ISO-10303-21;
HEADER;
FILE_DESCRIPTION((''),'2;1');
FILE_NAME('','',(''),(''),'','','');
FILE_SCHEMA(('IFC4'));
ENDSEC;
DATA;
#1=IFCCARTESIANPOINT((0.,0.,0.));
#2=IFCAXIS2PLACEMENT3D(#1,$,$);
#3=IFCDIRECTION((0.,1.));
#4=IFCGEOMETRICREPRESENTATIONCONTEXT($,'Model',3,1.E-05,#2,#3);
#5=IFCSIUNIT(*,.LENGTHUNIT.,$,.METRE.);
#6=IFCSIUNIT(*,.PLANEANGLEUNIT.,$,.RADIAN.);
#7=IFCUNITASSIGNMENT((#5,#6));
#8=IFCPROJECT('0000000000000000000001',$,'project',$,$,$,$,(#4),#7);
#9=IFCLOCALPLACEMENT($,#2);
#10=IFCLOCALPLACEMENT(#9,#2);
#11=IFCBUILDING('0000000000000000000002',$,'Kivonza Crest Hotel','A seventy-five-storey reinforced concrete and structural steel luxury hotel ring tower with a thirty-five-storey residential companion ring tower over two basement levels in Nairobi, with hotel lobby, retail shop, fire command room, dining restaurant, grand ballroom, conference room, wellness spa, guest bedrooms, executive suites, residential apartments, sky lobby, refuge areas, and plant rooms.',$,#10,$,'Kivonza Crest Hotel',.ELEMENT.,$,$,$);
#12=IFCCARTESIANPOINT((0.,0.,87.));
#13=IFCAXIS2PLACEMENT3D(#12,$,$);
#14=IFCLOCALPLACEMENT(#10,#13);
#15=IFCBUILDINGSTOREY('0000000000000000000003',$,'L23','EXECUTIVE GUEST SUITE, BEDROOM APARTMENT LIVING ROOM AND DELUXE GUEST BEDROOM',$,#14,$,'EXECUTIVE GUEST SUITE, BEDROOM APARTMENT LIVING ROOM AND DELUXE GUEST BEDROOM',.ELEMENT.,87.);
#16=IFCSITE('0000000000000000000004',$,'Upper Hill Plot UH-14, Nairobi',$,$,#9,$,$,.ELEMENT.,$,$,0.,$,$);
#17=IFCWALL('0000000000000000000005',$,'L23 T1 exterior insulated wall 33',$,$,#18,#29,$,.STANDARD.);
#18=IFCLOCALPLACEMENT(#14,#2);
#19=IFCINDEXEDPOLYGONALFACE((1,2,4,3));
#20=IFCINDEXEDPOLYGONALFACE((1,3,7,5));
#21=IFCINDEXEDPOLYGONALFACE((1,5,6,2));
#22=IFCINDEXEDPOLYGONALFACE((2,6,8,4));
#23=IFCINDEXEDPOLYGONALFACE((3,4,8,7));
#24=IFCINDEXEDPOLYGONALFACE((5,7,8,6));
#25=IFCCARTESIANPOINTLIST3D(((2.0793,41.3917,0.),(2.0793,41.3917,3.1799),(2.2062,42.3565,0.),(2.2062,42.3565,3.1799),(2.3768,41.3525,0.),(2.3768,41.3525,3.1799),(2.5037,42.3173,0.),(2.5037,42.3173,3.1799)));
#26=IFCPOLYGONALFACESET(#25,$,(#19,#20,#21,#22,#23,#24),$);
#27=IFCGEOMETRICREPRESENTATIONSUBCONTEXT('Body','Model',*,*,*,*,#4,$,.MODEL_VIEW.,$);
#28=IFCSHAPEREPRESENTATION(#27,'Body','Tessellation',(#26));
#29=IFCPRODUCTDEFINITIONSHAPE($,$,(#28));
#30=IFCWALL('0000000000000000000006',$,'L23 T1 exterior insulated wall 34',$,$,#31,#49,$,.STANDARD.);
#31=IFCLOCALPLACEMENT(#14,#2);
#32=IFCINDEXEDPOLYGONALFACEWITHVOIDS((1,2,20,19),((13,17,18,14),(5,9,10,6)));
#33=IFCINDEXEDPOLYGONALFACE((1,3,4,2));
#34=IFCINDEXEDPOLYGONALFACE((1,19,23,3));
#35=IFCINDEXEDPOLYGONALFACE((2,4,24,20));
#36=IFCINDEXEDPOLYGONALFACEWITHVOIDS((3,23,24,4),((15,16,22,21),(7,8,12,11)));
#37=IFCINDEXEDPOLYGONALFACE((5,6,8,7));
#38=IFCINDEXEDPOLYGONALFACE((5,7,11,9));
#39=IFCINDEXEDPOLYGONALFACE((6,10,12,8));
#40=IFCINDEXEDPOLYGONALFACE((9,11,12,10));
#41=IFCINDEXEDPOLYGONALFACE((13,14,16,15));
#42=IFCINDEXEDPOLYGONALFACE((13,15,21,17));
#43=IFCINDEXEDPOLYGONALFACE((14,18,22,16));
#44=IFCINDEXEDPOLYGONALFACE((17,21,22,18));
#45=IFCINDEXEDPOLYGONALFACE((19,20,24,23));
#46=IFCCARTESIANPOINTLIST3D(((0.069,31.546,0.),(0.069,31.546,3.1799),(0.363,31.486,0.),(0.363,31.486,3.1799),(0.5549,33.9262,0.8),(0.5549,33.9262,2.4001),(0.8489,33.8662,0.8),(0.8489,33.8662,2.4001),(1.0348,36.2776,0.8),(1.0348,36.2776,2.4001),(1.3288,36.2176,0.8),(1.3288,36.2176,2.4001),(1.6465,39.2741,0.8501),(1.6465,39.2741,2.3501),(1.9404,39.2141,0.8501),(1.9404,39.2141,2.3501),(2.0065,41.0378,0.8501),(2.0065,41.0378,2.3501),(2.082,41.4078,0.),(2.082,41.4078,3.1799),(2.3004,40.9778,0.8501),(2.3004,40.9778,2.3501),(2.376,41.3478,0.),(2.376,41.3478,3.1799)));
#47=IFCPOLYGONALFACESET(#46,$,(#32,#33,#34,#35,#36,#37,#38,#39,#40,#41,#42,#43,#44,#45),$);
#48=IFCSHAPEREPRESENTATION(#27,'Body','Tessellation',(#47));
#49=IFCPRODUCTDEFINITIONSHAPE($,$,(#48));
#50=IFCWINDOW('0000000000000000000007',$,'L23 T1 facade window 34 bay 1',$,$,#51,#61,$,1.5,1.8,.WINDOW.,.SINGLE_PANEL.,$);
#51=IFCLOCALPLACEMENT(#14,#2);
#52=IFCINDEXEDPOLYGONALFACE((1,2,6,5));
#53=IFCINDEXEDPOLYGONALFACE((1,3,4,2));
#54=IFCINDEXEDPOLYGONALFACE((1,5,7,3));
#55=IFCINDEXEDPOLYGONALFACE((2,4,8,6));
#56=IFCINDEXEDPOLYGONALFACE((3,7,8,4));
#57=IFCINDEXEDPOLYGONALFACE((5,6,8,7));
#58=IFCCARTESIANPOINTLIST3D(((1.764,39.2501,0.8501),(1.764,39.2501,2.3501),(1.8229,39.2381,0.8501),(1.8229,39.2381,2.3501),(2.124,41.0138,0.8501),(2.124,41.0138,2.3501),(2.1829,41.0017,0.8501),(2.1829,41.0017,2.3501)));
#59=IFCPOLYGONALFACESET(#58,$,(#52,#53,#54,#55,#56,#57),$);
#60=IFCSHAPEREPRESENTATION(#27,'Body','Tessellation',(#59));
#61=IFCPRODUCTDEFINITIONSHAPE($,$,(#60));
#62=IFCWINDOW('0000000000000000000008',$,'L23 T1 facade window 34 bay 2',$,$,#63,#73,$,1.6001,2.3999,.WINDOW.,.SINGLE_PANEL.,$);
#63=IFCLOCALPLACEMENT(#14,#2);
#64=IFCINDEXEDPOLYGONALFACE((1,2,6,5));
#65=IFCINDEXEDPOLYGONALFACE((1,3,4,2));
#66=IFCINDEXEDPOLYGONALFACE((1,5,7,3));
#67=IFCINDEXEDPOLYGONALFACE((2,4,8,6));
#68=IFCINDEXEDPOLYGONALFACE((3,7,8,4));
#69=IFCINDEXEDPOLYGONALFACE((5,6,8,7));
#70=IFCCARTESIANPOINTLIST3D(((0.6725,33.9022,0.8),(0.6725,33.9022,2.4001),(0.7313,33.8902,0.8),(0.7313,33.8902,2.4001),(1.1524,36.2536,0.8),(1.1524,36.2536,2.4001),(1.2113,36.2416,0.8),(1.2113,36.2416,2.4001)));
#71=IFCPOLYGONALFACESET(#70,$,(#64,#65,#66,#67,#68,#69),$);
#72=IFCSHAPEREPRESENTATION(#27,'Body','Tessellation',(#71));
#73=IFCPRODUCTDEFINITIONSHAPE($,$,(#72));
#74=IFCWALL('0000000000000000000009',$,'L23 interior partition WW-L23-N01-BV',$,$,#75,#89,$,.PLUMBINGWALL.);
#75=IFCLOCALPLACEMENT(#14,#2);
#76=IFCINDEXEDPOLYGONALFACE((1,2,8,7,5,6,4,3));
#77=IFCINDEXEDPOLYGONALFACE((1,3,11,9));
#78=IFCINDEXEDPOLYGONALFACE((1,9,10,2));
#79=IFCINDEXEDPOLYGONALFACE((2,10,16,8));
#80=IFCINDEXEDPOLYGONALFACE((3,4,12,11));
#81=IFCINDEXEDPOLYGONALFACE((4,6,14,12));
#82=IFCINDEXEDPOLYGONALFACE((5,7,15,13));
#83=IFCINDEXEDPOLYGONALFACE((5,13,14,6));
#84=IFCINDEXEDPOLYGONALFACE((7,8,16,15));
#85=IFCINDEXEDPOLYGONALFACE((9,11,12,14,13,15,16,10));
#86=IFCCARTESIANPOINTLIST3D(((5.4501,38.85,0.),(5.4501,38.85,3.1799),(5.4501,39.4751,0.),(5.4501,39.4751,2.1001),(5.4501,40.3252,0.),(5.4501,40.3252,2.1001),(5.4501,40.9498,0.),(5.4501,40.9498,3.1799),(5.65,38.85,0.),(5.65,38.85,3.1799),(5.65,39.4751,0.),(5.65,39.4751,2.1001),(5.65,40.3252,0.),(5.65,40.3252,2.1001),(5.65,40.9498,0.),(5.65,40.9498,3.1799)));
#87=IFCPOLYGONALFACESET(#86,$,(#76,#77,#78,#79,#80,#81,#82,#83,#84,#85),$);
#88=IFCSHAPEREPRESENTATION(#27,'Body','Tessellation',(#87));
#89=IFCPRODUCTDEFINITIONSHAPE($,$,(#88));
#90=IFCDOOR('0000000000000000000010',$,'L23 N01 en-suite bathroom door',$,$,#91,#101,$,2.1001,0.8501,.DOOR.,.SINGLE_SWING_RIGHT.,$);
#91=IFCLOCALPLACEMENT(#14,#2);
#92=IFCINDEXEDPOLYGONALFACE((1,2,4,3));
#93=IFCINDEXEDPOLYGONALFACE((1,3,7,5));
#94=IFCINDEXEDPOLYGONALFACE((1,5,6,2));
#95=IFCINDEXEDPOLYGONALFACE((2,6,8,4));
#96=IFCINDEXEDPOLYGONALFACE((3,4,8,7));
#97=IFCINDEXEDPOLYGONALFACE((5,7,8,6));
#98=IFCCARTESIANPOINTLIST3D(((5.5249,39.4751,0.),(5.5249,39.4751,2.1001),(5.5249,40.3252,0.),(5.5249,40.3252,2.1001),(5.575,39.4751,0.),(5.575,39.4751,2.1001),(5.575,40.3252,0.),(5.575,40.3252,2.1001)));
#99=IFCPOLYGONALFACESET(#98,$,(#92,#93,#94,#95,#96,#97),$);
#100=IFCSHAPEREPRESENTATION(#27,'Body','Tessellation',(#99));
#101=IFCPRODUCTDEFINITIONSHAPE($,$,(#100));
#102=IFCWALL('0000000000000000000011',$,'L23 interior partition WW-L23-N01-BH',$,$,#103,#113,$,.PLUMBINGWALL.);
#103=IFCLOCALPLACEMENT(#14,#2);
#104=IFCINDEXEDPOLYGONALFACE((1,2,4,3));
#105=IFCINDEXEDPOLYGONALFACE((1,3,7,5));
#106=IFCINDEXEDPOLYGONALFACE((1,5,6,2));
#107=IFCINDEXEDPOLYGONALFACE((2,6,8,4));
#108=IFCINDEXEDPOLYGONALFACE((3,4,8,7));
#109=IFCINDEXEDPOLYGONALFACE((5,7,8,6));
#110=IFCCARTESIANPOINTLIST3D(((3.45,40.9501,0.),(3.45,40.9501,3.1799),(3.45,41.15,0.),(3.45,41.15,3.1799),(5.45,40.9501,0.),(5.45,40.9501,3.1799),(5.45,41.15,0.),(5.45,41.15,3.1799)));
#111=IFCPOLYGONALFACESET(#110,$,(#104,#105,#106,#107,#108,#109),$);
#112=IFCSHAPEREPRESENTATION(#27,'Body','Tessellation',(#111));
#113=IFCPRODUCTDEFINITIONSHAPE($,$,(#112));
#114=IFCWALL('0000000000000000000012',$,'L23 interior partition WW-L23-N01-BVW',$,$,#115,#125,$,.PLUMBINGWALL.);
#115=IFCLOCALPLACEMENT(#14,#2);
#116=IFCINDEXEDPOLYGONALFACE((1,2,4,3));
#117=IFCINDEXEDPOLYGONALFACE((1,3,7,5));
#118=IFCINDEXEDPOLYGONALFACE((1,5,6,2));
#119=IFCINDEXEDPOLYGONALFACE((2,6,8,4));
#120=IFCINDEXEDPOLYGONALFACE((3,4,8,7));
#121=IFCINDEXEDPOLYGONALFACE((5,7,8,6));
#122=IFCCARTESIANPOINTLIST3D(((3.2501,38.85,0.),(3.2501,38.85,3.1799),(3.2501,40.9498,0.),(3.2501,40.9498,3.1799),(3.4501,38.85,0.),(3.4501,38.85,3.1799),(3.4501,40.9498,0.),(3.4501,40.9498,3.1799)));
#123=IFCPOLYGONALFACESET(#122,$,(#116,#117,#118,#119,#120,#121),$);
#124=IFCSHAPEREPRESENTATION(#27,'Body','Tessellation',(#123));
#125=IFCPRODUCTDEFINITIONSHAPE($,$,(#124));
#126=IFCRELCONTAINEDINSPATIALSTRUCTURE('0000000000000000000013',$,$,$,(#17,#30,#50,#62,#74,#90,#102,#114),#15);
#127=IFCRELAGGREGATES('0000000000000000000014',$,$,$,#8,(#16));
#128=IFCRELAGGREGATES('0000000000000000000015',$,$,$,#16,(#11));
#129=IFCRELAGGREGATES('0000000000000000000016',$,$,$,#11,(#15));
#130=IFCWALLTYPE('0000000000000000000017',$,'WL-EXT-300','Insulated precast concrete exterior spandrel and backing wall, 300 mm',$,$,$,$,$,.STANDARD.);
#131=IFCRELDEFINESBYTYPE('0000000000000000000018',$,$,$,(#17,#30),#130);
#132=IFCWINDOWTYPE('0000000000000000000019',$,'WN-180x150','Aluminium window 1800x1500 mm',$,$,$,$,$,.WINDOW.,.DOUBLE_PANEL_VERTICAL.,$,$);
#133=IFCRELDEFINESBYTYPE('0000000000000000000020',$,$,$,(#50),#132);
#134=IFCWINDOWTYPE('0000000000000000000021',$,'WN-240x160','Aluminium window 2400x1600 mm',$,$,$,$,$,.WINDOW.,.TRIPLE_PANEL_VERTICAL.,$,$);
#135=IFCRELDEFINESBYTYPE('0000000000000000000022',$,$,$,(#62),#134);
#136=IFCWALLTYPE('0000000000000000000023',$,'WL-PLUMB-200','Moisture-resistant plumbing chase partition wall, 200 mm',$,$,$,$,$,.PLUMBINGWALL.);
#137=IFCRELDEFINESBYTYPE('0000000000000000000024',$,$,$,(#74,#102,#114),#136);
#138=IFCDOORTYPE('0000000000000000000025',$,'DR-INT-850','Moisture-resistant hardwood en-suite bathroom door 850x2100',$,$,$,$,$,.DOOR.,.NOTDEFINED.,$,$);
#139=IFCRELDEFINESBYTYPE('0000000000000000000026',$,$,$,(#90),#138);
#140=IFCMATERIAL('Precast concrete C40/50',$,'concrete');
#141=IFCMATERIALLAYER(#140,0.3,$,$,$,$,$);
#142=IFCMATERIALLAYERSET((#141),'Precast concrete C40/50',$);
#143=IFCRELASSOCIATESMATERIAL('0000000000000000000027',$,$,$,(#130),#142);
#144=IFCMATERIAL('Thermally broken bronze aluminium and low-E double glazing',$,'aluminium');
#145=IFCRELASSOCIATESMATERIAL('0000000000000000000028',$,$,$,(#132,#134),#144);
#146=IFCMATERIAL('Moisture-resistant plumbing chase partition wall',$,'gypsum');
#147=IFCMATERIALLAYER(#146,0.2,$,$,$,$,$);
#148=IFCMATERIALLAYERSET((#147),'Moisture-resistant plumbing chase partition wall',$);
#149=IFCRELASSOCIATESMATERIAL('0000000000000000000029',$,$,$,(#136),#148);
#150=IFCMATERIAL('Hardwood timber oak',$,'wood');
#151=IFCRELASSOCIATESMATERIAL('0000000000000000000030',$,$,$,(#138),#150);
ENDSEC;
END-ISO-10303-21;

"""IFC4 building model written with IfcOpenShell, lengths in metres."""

from ifc_helpers import new_model, si_unit, direction, frame, frame_2d, origin, place, context, subcontext, project, spatial, rectangle, extrude, material, layer, layer_set, type_object, element, fill, save


model = new_model("IFC4")

# Units and contexts
model_context = context("Model", 3, precision=1e-05, world=origin(), true_north=direction((0.0, 1.0)))
body_context = subcontext(model_context, "Body", "Model", "MODEL_VIEW")
ifc_project = project(units=[si_unit("LENGTHUNIT", "METRE"), si_unit("PLANEANGLEUNIT", "RADIAN")], contexts=[model_context])

# Site, building, storey
site_placement = place(None, origin())
site = spatial("IfcSite", under=ifc_project, at=site_placement, Name="Upper Hill Plot UH-14, Nairobi", CompositionType="ELEMENT", RefElevation=0.0)
building_placement = place(site_placement, origin())
building = spatial("IfcBuilding", under=site, at=building_placement, Name="Kivonza Crest Hotel", Description="A seventy-five-storey reinforced concrete and structural steel luxury hotel ring tower with a thirty-five-storey residential companion ring tower over two basement levels in Nairobi, with hotel lobby, retail shop, fire command room, dining restaurant, grand ballroom, conference room, wellness spa, guest bedrooms, executive suites, residential apartments, sky lobby, refuge areas, and plant rooms.", LongName="Kivonza Crest Hotel", CompositionType="ELEMENT")
storey_placement = place(building_placement, frame((0.0, 0.0, 87.0)))
storey = spatial("IfcBuildingStorey", under=building, at=storey_placement, Name="L23", Description="EXECUTIVE GUEST SUITE, BEDROOM APARTMENT LIVING ROOM AND DELUXE GUEST BEDROOM", LongName="EXECUTIVE GUEST SUITE, BEDROOM APARTMENT LIVING ROOM AND DELUXE GUEST BEDROOM", CompositionType="ELEMENT", Elevation=87.0)

# Shared definitions
ifc_material_1 = material(Name="Hardwood timber oak", Category="wood")

# Wall
ifc_material_2 = material(Name="Precast concrete C40/50", Category="concrete")
ifc_layer_1 = layer(ifc_material_2, 0.3)
ifc_layer_set_1 = layer_set([ifc_layer_1], Name="Precast concrete C40/50")
wall_type_1 = type_object("IfcWallType", Name="WL-EXT-300", Description="Insulated precast concrete exterior spandrel and backing wall, 300 mm", PredefinedType="STANDARD", material=ifc_layer_set_1)
wall_1_placement = place(storey_placement, frame((2.355, 42.3369, 0.0), z_axis=(0.0, 0.0, 1.0), x_axis=(-0.130455, -0.991454, 0.0)))
element("IfcWall", 1, at=wall_1_placement, inside=storey, type_object=wall_type_1, Name="L23 T1 exterior insulated wall 33", PredefinedType="STANDARD", context=body_context, shape_type="SweptSolid", body=[
    extrude(rectangle(XDim=0.9731, YDim=0.3, at=frame_2d((0.4866, 0.0))), origin(), (0.0, 0.0, 1.0), 3.1799),
])

# Wall, openings, windows
wall_2_placement = place(storey_placement, frame((2.229, 41.3779, 0.0), z_axis=(0.0, 0.0, 1.0), x_axis=(-0.199991, -0.979798, 0.0)))
wall_2 = element("IfcWall", 2, at=wall_2_placement, inside=storey, type_object=wall_type_1, Name="L23 T1 exterior insulated wall 34", PredefinedType="STANDARD", context=body_context, shape_type="SweptSolid", body=[
    extrude(rectangle(XDim=10.0652, YDim=0.3, at=frame_2d((5.0327, 0.0))), origin(), (0.0, 0.0, 1.0), 3.1799),
])
opening_1_placement = place(wall_2_placement, frame((0.3779, 0.0, 0.8501)))
opening_1 = element("IfcOpeningElement", 3, at=opening_1_placement, cuts=wall_2, PredefinedType="OPENING", context=body_context, shape_type="SweptSolid", body=[
    extrude(rectangle(XDim=1.8, YDim=1.5, at=frame_2d((0.8999, 0.75))), frame((0.0, 0.1602, 0.0), z_axis=(0.0, -1.0, 0.0), x_axis=(1.0, 0.0, 0.0)), (0.0, 0.0, 1.0), 0.3201),
])
opening_2_placement = place(wall_2_placement, frame((5.2361, 0.0, 0.8)))
opening_2 = element("IfcOpeningElement", 4, at=opening_2_placement, cuts=wall_2, PredefinedType="OPENING", context=body_context, shape_type="SweptSolid", body=[
    extrude(rectangle(XDim=2.3999, YDim=1.6001, at=frame_2d((1.2, 0.8))), frame((0.0, 0.1602, 0.0), z_axis=(0.0, -1.0, 0.0), x_axis=(1.0, 0.0, 0.0)), (0.0, 0.0, 1.0), 0.3201),
])
ifc_material_3 = material(Name="Thermally broken bronze aluminium and low-E double glazing", Category="aluminium")
window_type_1 = type_object("IfcWindowType", Name="WN-180x150", Description="Aluminium window 1800x1500 mm", PartitioningType="DOUBLE_PANEL_VERTICAL", PredefinedType="WINDOW", material=ifc_material_3)
window_1_placement = place(opening_1_placement, origin())
window_1 = element("IfcWindow", 5, at=window_1_placement, inside=storey, type_object=window_type_1, Name="L23 T1 facade window 34 bay 1", OverallHeight=1.5, OverallWidth=1.8, PartitioningType="SINGLE_PANEL", PredefinedType="WINDOW", context=body_context, shape_type="SweptSolid", body=[
    extrude(rectangle(XDim=1.8, YDim=1.5, at=frame_2d((0.8999, 0.75))), frame((0.0, 0.03, 0.0), z_axis=(0.0, -1.0, 0.0), x_axis=(1.0, 0.0, 0.0)), (0.0, 0.0, 1.0), 0.0601),
])
fill(opening_1, window_1)
window_type_2 = type_object("IfcWindowType", Name="WN-240x160", Description="Aluminium window 2400x1600 mm", PartitioningType="TRIPLE_PANEL_VERTICAL", PredefinedType="WINDOW", material=ifc_material_3)
window_2_placement = place(opening_2_placement, origin())
window_2 = element("IfcWindow", 6, at=window_2_placement, inside=storey, type_object=window_type_2, Name="L23 T1 facade window 34 bay 2", OverallHeight=1.6001, OverallWidth=2.3999, PartitioningType="SINGLE_PANEL", PredefinedType="WINDOW", context=body_context, shape_type="SweptSolid", body=[
    extrude(rectangle(XDim=2.3999, YDim=1.6001, at=frame_2d((1.2, 0.8))), frame((0.0, 0.03, 0.0), z_axis=(0.0, -1.0, 0.0), x_axis=(1.0, 0.0, 0.0)), (0.0, 0.0, 1.0), 0.0601),
])
fill(opening_2, window_2)

# Wall, opening, door
ifc_material_4 = material(Name="Moisture-resistant plumbing chase partition wall", Category="gypsum")
ifc_layer_2 = layer(ifc_material_4, 0.2)
ifc_layer_set_2 = layer_set([ifc_layer_2], Name="Moisture-resistant plumbing chase partition wall")
wall_type_2 = type_object("IfcWallType", Name="WL-PLUMB-200", Description="Moisture-resistant plumbing chase partition wall, 200 mm", PredefinedType="PLUMBINGWALL", material=ifc_layer_set_2)
wall_3_placement = place(storey_placement, frame((5.55, 38.8501, 0.0), z_axis=(0.0, 0.0, 1.0), x_axis=(0.0, 1.0, 0.0)))
wall_3 = element("IfcWall", 7, at=wall_3_placement, inside=storey, type_object=wall_type_2, Name="L23 interior partition WW-L23-N01-BV", PredefinedType="PLUMBINGWALL", context=body_context, shape_type="SweptSolid", body=[
    extrude(rectangle(XDim=2.0999, YDim=0.2, at=frame_2d((1.0498, 0.0))), origin(), (0.0, 0.0, 1.0), 3.1799),
])
opening_3_placement = place(wall_3_placement, frame((0.625, 0.0, 0.0)))
opening_3 = element("IfcOpeningElement", 8, at=opening_3_placement, cuts=wall_3, PredefinedType="OPENING", context=body_context, shape_type="SweptSolid", body=[
    extrude(rectangle(XDim=0.8501, YDim=2.1001, at=frame_2d((0.425, 1.05))), frame((0.0, 0.1099, 0.0), z_axis=(0.0, -1.0, 0.0), x_axis=(1.0, 0.0, 0.0)), (0.0, 0.0, 1.0), 0.22),
])
door_type_1 = type_object("IfcDoorType", Name="DR-INT-850", Description="Moisture-resistant hardwood en-suite bathroom door 850x2100", OperationType="NOTDEFINED", PredefinedType="DOOR", material=ifc_material_1)
door_1_placement = place(opening_3_placement, frame((0.8501, 0.0, 0.0), z_axis=(0.0, 0.0, 1.0), x_axis=(-1.0, 0.0, 0.0)))
door_1 = element("IfcDoor", 9, at=door_1_placement, inside=storey, type_object=door_type_1, Name="L23 N01 en-suite bathroom door", OperationType="SINGLE_SWING_RIGHT", OverallHeight=2.1001, OverallWidth=0.8501, PredefinedType="DOOR", context=body_context, shape_type="SweptSolid", body=[
    extrude(rectangle(XDim=0.8501, YDim=2.1001, at=frame_2d((0.425, 1.05))), frame((0.0, 0.0249, 0.0), z_axis=(0.0, -1.0, 0.0), x_axis=(1.0, 0.0, 0.0)), (0.0, 0.0, 1.0), 0.05),
])
fill(opening_3, door_1)

# Walls
wall_4_placement = place(storey_placement, frame((3.45, 41.05, 0.0), z_axis=(0.0, 0.0, 1.0), x_axis=(1.0, 0.0, 0.0)))
element("IfcWall", 10, at=wall_4_placement, inside=storey, type_object=wall_type_2, Name="L23 interior partition WW-L23-N01-BH", PredefinedType="PLUMBINGWALL", context=body_context, shape_type="SweptSolid", body=[
    extrude(rectangle(XDim=2.0, YDim=0.2, at=frame_2d((1.0, 0.0))), origin(), (0.0, 0.0, 1.0), 3.1799),
])
wall_5_placement = place(storey_placement, frame((3.3501, 38.8501, 0.0), z_axis=(0.0, 0.0, 1.0), x_axis=(0.0, 1.0, 0.0)))
element("IfcWall", 11, at=wall_5_placement, inside=storey, type_object=wall_type_2, Name="L23 interior partition WW-L23-N01-BVW", PredefinedType="PLUMBINGWALL", context=body_context, shape_type="SweptSolid", body=[
    extrude(rectangle(XDim=2.0999, YDim=0.2, at=frame_2d((1.0498, 0.0))), origin(), (0.0, 0.0, 1.0), 3.1799),
])

save(model, "model.ifc")
